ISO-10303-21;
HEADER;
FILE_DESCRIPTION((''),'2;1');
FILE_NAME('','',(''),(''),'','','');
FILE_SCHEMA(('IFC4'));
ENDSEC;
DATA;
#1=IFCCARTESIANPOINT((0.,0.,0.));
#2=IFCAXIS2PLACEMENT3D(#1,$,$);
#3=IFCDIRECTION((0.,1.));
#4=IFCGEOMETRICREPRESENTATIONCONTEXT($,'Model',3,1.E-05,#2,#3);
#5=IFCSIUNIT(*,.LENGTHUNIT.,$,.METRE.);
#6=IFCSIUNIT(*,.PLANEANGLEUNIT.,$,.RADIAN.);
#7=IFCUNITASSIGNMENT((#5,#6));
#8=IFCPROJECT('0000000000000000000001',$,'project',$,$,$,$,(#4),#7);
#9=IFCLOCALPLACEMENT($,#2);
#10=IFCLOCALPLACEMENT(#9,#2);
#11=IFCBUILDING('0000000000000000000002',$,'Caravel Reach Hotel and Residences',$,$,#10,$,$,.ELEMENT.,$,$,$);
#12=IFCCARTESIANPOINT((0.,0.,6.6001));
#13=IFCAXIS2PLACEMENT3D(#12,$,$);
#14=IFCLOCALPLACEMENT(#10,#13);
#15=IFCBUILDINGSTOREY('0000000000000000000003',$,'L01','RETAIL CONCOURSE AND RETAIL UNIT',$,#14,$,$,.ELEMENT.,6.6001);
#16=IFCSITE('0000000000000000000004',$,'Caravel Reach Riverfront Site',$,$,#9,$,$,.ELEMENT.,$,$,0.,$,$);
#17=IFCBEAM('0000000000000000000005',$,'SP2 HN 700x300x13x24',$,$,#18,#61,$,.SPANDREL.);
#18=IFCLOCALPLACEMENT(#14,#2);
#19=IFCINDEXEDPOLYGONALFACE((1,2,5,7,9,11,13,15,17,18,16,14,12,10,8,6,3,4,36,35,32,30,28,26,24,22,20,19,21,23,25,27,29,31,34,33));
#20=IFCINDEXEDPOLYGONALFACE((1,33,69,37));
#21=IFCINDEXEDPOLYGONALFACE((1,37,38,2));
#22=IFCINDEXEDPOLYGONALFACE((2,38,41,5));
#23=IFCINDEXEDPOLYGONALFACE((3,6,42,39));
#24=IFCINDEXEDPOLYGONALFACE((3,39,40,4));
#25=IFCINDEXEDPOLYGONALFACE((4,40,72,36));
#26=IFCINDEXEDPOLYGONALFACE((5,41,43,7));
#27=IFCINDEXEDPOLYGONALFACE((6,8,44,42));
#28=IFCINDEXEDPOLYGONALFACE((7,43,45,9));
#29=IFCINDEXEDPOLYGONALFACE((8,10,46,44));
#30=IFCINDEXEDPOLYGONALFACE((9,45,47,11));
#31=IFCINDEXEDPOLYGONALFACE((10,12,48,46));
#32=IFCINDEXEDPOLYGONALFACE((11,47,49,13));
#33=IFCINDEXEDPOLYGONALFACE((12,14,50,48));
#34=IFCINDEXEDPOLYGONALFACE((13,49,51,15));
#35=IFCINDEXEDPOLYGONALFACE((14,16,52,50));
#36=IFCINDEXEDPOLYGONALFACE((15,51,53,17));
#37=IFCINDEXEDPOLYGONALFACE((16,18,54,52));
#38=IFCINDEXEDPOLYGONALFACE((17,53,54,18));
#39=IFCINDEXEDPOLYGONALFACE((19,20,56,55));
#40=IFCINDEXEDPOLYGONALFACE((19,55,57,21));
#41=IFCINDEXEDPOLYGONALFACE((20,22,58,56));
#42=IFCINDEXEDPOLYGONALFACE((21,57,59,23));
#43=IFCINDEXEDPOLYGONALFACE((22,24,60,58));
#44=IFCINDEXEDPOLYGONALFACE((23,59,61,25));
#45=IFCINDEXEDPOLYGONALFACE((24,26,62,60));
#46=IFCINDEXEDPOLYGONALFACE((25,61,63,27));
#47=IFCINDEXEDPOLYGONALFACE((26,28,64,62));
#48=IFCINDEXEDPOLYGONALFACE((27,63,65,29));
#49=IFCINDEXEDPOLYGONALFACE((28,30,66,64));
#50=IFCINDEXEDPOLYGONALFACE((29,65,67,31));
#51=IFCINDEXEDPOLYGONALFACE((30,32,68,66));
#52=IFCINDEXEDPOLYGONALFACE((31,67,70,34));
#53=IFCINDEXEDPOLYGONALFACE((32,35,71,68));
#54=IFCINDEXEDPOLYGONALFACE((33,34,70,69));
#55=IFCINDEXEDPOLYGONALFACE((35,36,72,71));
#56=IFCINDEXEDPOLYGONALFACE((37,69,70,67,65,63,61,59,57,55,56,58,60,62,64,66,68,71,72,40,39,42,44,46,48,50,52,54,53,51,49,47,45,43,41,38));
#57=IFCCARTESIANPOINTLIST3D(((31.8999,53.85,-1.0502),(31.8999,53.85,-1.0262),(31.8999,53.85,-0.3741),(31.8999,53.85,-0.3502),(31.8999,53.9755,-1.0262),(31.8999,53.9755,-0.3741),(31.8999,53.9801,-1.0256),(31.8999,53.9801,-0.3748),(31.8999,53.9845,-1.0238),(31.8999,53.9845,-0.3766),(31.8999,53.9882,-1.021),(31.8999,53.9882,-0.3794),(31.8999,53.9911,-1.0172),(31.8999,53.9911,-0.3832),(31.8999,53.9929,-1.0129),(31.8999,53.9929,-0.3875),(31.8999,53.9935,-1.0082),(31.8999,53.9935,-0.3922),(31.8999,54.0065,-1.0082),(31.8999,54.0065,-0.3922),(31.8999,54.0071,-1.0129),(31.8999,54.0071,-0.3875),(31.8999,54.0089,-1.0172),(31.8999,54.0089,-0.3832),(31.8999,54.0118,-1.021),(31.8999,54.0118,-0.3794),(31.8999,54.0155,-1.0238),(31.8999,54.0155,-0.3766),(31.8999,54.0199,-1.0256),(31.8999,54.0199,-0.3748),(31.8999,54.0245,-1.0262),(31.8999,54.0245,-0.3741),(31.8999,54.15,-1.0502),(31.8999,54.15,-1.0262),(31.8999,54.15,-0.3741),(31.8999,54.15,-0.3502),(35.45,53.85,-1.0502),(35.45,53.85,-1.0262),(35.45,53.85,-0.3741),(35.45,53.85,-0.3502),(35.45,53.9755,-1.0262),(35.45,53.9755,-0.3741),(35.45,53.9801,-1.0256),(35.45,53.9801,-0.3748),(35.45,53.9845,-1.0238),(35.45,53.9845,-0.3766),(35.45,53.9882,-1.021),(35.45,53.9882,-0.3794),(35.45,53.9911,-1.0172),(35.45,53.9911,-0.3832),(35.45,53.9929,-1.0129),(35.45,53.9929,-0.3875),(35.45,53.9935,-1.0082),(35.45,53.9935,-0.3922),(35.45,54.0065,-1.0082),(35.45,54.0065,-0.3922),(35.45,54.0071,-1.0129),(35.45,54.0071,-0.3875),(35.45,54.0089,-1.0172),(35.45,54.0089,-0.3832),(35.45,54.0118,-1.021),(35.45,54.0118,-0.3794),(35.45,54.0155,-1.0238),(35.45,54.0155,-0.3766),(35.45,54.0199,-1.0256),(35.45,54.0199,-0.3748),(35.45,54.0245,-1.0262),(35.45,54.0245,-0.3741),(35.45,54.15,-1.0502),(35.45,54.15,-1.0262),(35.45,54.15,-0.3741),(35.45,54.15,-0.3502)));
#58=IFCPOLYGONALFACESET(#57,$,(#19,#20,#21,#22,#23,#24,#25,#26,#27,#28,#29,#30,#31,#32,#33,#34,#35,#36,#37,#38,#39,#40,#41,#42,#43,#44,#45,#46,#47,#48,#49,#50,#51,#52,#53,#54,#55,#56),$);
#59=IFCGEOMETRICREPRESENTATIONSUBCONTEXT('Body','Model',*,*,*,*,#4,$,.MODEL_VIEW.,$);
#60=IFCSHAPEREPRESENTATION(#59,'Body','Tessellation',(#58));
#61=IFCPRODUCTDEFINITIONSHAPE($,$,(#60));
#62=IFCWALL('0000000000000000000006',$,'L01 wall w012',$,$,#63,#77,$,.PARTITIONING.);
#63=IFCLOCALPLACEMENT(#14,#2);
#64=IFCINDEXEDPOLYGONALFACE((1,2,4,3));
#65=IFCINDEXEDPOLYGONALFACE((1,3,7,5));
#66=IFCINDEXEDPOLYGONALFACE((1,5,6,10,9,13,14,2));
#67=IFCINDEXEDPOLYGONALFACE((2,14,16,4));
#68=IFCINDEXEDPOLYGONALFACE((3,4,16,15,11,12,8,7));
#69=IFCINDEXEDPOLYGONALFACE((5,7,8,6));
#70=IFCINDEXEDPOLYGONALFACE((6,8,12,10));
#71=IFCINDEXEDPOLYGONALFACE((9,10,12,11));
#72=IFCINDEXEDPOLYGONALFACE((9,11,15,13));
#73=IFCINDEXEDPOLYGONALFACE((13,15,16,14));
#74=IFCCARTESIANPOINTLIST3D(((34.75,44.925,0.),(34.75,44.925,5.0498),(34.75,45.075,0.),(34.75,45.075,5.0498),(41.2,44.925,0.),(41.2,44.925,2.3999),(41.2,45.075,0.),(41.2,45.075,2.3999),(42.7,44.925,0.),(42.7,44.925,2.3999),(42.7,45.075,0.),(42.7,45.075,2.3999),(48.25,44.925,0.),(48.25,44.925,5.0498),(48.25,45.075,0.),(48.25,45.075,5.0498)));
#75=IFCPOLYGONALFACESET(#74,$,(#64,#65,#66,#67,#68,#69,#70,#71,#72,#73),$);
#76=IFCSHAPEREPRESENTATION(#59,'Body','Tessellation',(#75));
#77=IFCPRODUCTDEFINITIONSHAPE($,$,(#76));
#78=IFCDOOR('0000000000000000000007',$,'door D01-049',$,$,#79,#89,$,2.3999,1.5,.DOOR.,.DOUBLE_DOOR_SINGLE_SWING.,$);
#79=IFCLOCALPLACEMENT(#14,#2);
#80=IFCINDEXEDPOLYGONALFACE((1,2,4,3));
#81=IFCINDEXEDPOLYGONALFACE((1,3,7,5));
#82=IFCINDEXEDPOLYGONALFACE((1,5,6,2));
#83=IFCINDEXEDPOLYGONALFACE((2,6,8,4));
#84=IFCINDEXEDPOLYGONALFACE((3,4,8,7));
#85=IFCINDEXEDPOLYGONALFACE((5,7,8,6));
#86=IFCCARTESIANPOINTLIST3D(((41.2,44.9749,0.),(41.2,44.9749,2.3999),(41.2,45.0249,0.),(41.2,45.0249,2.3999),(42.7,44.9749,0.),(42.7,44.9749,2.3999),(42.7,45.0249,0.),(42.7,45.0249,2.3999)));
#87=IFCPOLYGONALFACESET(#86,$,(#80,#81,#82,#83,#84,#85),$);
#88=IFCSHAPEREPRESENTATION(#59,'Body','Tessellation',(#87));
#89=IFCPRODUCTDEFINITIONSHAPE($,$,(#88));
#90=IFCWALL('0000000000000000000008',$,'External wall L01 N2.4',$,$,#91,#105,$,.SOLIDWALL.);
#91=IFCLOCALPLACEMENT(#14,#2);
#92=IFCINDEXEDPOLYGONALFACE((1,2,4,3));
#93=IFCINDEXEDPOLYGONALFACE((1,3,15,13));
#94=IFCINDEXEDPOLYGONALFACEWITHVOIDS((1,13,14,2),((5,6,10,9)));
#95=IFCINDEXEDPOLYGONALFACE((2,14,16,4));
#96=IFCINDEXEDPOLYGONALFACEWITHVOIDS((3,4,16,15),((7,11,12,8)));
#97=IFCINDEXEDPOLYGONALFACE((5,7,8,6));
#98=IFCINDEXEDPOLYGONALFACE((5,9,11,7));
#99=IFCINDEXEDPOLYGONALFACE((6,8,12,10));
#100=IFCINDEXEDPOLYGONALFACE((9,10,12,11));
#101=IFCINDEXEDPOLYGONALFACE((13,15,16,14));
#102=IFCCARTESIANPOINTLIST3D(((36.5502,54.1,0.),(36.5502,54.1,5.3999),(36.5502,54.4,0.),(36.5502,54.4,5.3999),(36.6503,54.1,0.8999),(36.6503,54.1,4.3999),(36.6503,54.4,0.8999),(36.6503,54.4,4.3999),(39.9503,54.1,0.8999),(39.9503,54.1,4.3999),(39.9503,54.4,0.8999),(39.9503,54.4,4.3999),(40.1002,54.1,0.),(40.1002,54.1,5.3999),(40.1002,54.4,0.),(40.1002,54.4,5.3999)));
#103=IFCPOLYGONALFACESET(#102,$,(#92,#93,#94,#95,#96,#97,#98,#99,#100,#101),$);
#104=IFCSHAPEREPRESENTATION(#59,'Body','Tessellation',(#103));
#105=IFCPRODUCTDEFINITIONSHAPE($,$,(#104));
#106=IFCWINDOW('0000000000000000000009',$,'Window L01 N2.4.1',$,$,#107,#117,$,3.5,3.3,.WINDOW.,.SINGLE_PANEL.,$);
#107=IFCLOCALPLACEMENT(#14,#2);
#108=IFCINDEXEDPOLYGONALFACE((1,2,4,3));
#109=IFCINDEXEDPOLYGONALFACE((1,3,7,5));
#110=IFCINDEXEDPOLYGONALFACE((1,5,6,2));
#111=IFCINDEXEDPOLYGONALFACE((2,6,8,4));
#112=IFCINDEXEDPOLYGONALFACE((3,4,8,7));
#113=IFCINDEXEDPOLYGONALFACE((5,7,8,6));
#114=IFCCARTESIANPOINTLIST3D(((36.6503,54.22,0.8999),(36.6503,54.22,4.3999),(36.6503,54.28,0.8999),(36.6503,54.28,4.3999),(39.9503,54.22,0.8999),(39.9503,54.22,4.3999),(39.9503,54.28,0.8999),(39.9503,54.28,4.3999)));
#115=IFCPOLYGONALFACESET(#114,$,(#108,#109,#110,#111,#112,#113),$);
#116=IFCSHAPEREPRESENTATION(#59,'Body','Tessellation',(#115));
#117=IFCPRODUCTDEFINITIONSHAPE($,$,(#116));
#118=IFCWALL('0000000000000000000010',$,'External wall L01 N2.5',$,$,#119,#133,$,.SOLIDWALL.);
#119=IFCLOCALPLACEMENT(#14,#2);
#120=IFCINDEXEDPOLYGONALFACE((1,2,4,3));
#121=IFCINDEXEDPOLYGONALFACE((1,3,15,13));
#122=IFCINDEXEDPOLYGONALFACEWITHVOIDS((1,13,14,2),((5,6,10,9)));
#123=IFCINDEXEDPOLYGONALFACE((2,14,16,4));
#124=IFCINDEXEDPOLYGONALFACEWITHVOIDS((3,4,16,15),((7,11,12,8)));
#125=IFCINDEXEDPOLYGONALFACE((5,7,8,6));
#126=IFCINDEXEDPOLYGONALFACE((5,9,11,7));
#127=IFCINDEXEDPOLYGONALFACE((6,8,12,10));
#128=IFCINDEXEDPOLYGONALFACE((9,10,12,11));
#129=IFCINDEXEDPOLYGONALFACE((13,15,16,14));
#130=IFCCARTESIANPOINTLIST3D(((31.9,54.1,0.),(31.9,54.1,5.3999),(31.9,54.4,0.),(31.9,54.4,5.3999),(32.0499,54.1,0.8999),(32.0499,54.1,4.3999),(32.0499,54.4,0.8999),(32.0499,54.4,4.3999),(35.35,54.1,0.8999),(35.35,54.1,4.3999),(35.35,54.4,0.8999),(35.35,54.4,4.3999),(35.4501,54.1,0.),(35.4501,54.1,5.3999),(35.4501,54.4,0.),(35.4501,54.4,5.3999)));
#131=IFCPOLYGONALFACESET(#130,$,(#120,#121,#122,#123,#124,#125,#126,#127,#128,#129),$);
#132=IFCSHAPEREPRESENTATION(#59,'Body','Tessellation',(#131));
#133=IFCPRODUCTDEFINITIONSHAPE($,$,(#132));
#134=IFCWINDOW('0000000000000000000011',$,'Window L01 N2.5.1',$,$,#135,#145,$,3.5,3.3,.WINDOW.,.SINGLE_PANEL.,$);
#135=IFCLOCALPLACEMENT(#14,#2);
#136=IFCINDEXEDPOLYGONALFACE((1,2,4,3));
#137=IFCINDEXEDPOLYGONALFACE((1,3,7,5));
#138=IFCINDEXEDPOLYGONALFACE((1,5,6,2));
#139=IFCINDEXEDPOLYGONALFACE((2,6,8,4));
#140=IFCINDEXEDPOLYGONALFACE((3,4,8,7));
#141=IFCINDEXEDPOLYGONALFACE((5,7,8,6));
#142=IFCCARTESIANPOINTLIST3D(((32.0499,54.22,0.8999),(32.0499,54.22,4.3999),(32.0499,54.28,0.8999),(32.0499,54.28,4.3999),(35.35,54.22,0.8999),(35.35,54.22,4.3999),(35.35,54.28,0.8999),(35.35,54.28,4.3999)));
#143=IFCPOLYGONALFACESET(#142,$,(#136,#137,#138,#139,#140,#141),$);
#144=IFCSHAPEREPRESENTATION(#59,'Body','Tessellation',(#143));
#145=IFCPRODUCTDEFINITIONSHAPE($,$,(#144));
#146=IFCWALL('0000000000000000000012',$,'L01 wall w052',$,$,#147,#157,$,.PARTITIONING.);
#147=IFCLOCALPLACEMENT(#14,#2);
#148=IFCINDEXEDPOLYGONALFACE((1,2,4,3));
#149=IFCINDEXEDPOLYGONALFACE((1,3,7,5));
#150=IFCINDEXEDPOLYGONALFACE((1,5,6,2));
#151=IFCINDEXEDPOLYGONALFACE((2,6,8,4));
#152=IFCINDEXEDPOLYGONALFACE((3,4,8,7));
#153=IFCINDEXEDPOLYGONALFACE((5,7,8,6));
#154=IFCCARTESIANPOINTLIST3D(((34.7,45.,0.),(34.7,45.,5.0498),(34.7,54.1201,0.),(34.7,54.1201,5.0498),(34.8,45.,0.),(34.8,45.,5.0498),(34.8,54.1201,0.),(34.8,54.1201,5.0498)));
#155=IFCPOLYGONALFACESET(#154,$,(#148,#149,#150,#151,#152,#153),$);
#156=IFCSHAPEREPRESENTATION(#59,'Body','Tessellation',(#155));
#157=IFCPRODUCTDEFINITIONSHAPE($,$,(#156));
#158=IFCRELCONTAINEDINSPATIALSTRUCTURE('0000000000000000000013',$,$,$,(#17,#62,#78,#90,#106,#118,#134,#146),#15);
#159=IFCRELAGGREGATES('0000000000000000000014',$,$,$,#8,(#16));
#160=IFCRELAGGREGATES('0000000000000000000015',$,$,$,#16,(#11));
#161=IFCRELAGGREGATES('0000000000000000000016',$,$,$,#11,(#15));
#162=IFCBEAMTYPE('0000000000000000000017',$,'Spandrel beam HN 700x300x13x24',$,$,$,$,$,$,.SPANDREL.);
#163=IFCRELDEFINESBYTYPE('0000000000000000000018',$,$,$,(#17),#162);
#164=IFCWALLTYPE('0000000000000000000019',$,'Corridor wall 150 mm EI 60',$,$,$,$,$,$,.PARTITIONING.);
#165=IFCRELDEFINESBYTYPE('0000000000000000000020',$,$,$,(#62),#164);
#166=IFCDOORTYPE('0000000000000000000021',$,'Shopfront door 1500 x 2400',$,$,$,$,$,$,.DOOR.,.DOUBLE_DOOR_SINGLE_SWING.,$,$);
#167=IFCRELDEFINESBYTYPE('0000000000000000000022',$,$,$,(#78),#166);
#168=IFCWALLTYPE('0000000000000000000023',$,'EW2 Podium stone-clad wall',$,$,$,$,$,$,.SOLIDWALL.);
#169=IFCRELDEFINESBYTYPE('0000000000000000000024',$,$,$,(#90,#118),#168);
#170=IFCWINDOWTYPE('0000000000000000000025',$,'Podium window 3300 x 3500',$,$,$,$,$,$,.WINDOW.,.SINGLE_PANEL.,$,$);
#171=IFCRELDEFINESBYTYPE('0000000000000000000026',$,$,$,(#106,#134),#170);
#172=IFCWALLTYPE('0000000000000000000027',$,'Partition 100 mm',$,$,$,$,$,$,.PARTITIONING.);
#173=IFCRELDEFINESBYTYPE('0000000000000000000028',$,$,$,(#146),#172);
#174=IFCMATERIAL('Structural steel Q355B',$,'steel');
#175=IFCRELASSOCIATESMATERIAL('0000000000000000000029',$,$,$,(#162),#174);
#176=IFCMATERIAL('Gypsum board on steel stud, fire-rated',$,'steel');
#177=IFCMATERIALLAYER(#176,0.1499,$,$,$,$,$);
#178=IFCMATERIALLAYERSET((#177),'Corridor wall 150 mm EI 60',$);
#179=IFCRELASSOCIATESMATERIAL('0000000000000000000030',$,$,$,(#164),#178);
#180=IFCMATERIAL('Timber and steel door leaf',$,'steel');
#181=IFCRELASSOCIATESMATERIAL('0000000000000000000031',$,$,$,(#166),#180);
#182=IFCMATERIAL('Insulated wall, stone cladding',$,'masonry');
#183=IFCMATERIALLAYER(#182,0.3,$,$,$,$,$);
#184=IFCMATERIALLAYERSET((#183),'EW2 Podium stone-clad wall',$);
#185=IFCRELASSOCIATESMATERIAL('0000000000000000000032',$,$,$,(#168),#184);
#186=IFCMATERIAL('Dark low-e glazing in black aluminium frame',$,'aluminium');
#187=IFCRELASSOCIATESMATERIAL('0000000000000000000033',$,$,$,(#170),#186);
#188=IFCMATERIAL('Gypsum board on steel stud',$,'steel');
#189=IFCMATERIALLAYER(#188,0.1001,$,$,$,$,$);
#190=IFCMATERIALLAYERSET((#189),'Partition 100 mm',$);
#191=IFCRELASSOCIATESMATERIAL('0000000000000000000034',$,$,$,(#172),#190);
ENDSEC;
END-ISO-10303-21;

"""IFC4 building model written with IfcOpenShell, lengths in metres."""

from ifc_helpers import new_model, si_unit, direction, frame, frame_2d, origin, origin_2d, place, context, subcontext, project, spatial, rectangle, i_section, extrude, material, layer, layer_set, material_profile, profile_set, type_object, element, fill, save


model = new_model("IFC4")

# Units and contexts
model_context = context("Model", 3, precision=1e-05, world=origin(), true_north=direction((0.0, 1.0)))
body_context = subcontext(model_context, "Body", "Model", "MODEL_VIEW")
ifc_project = project(units=[si_unit("LENGTHUNIT", "METRE"), si_unit("PLANEANGLEUNIT", "RADIAN")], contexts=[model_context])

# Site, building, storey
site_placement = place(None, origin())
site = spatial("IfcSite", under=ifc_project, at=site_placement, Name="Caravel Reach Riverfront Site", CompositionType="ELEMENT", RefElevation=0.0)
building_placement = place(site_placement, origin())
building = spatial("IfcBuilding", under=site, at=building_placement, Name="Caravel Reach Hotel and Residences", CompositionType="ELEMENT")
storey_placement = place(building_placement, frame((0.0, 0.0, 6.6001)))
storey = spatial("IfcBuildingStorey", under=building, at=storey_placement, Name="L01", Description="RETAIL CONCOURSE AND RETAIL UNIT", CompositionType="ELEMENT", Elevation=6.6001)

# Beam
ifc_material_1 = material(Name="Structural steel Q355B", Category="steel")
ifc_material_profile_1 = material_profile(ifc_material_1, i_section(OverallWidth=0.3, OverallDepth=0.7, WebThickness=0.0129, FlangeThickness=0.0239, FilletRadius=0.0181, at=origin_2d()), Name="HN 700x300x13x24")
ifc_profile_set_1 = profile_set([ifc_material_profile_1], Name="Structural steel Q355B")
beam_type = type_object("IfcBeamType", Name="Spandrel beam HN 700x300x13x24", PredefinedType="SPANDREL", material=ifc_profile_set_1)
for number, where, z_axis, x_axis, name in (
    (1, (35.45, 54.0, -0.7002), (-1.0, 0.0, 0.0), (0.0, -1.0, 0.0), "SP2 HN 700x300x13x24"),
):
    element("IfcBeam", number, at=place(storey_placement, frame(where, z_axis=z_axis, x_axis=x_axis)), inside=storey, type_object=beam_type, Name=name, PredefinedType="SPANDREL", context=body_context, shape_type="SweptSolid", body=[
        extrude(i_section(OverallWidth=0.3, OverallDepth=0.7, WebThickness=0.0129, FlangeThickness=0.0239, FilletRadius=0.0181, at=origin_2d()), origin(), (0.0, 0.0, 1.0), 3.55),
    ])

# Wall, opening, door
ifc_material_2 = material(Name="Gypsum board on steel stud, fire-rated", Category="steel")
ifc_layer_1 = layer(ifc_material_2, 0.1499)
ifc_layer_set_1 = layer_set([ifc_layer_1], Name="Corridor wall 150 mm EI 60")
wall_type_1 = type_object("IfcWallType", Name="Corridor wall 150 mm EI 60", PredefinedType="PARTITIONING", material=ifc_layer_set_1)
wall_1_placement = place(storey_placement, frame((34.75, 45.0, 0.0), z_axis=(0.0, 0.0, 1.0), x_axis=(1.0, 0.0, 0.0)))
wall_1 = element("IfcWall", 2, at=wall_1_placement, inside=storey, type_object=wall_type_1, Name="L01 wall w012", PredefinedType="PARTITIONING", context=body_context, shape_type="SweptSolid", body=[
    extrude(rectangle(XDim=13.5, YDim=0.1499, at=frame_2d((6.75, 0.0))), origin(), (0.0, 0.0, 1.0), 5.0498),
])
opening_1_placement = place(wall_1_placement, frame((6.45, 0.0, 0.0)))
opening_1 = element("IfcOpeningElement", 3, at=opening_1_placement, cuts=wall_1, PredefinedType="OPENING", context=body_context, shape_type="SweptSolid", body=[
    extrude(rectangle(XDim=1.5, YDim=2.3999, at=frame_2d((0.75, 1.2))), frame((0.0, 0.085, 0.0), z_axis=(0.0, -1.0, 0.0), x_axis=(1.0, 0.0, 0.0)), (0.0, 0.0, 1.0), 0.1699),
])
ifc_material_3 = material(Name="Timber and steel door leaf", Category="steel")
door_type = type_object("IfcDoorType", Name="Shopfront door 1500 x 2400", OperationType="DOUBLE_DOOR_SINGLE_SWING", PredefinedType="DOOR", material=ifc_material_3)
door_placement = place(opening_1_placement, origin())
door = element("IfcDoor", 4, at=door_placement, inside=storey, type_object=door_type, Name="door D01-049", OperationType="DOUBLE_DOOR_SINGLE_SWING", OverallHeight=2.3999, OverallWidth=1.5, PredefinedType="DOOR", context=body_context, shape_type="SweptSolid", body=[
    extrude(rectangle(XDim=1.5, YDim=2.3999, at=frame_2d((0.75, 1.2))), frame((0.0, 0.0249, 0.0), z_axis=(0.0, -1.0, 0.0), x_axis=(1.0, 0.0, 0.0)), (0.0, 0.0, 1.0), 0.05),
])
fill(opening_1, door)

# Walls, openings, windows
ifc_material_4 = material(Name="Insulated wall, stone cladding", Category="masonry")
ifc_layer_2 = layer(ifc_material_4, 0.3)
ifc_layer_set_2 = layer_set([ifc_layer_2], Name="EW2 Podium stone-clad wall")
wall_type_2 = type_object("IfcWallType", Name="EW2 Podium stone-clad wall", PredefinedType="SOLIDWALL", material=ifc_layer_set_2)
wall_2_placement = place(storey_placement, frame((40.1001, 54.25, 0.0), z_axis=(0.0, 0.0, 1.0), x_axis=(-1.0, 0.0, 0.0)))
wall_2 = element("IfcWall", 5, at=wall_2_placement, inside=storey, type_object=wall_type_2, Name="External wall L01 N2.4", PredefinedType="SOLIDWALL", context=body_context, shape_type="SweptSolid", body=[
    extrude(rectangle(XDim=3.55, YDim=0.3, at=frame_2d((1.7749, 0.0))), origin(), (0.0, 0.0, 1.0), 5.3999),
])
opening_2_placement = place(wall_2_placement, frame((0.1499, 0.0, 0.8999)))
opening_2 = element("IfcOpeningElement", 6, at=opening_2_placement, cuts=wall_2, PredefinedType="OPENING", context=body_context, shape_type="SweptSolid", body=[
    extrude(rectangle(XDim=3.3, YDim=3.5, at=frame_2d((1.6499, 1.75))), frame((0.0, 0.1599, 0.0), z_axis=(0.0, -1.0, 0.0), x_axis=(1.0, 0.0, 0.0)), (0.0, 0.0, 1.0), 0.3201),
])
ifc_material_5 = material(Name="Dark low-e glazing in black aluminium frame", Category="aluminium")
window_type = type_object("IfcWindowType", Name="Podium window 3300 x 3500", PartitioningType="SINGLE_PANEL", PredefinedType="WINDOW", material=ifc_material_5)
window_1_placement = place(opening_2_placement, origin())
window_1 = element("IfcWindow", 7, at=window_1_placement, inside=storey, type_object=window_type, Name="Window L01 N2.4.1", OverallHeight=3.5, OverallWidth=3.3, PartitioningType="SINGLE_PANEL", PredefinedType="WINDOW", context=body_context, shape_type="SweptSolid", body=[
    extrude(rectangle(XDim=3.3, YDim=3.5, at=frame_2d((1.6499, 1.75))), frame((0.0, 0.03, 0.0), z_axis=(0.0, -1.0, 0.0), x_axis=(1.0, 0.0, 0.0)), (0.0, 0.0, 1.0), 0.0601),
])
fill(opening_2, window_1)
wall_3_placement = place(storey_placement, frame((35.45, 54.25, 0.0), z_axis=(0.0, 0.0, 1.0), x_axis=(-1.0, 0.0, 0.0)))
wall_3 = element("IfcWall", 8, at=wall_3_placement, inside=storey, type_object=wall_type_2, Name="External wall L01 N2.5", PredefinedType="SOLIDWALL", context=body_context, shape_type="SweptSolid", body=[
    extrude(rectangle(XDim=3.55, YDim=0.3, at=frame_2d((1.7749, 0.0))), origin(), (0.0, 0.0, 1.0), 5.3999),
])
opening_3_placement = place(wall_3_placement, frame((0.1001, 0.0, 0.8999)))
opening_3 = element("IfcOpeningElement", 9, at=opening_3_placement, cuts=wall_3, PredefinedType="OPENING", context=body_context, shape_type="SweptSolid", body=[
    extrude(rectangle(XDim=3.3, YDim=3.5, at=frame_2d((1.6499, 1.75))), frame((0.0, 0.1599, 0.0), z_axis=(0.0, -1.0, 0.0), x_axis=(1.0, 0.0, 0.0)), (0.0, 0.0, 1.0), 0.3201),
])
window_2_placement = place(opening_3_placement, origin())
window_2 = element("IfcWindow", 10, at=window_2_placement, inside=storey, type_object=window_type, Name="Window L01 N2.5.1", OverallHeight=3.5, OverallWidth=3.3, PartitioningType="SINGLE_PANEL", PredefinedType="WINDOW", context=body_context, shape_type="SweptSolid", body=[
    extrude(rectangle(XDim=3.3, YDim=3.5, at=frame_2d((1.6499, 1.75))), frame((0.0, 0.03, 0.0), z_axis=(0.0, -1.0, 0.0), x_axis=(1.0, 0.0, 0.0)), (0.0, 0.0, 1.0), 0.0601),
])
fill(opening_3, window_2)

# Wall
ifc_material_6 = material(Name="Gypsum board on steel stud", Category="steel")
ifc_layer_3 = layer(ifc_material_6, 0.1001)
ifc_layer_set_3 = layer_set([ifc_layer_3], Name="Partition 100 mm")
wall_type_3 = type_object("IfcWallType", Name="Partition 100 mm", PredefinedType="PARTITIONING", material=ifc_layer_set_3)
wall_4_placement = place(storey_placement, frame((34.75, 45.0, 0.0), z_axis=(0.0, 0.0, 1.0), x_axis=(0.0, 1.0, 0.0)))
element("IfcWall", 11, at=wall_4_placement, inside=storey, type_object=wall_type_3, Name="L01 wall w052", PredefinedType="PARTITIONING", context=body_context, shape_type="SweptSolid", body=[
    extrude(rectangle(XDim=9.1201, YDim=0.1001, at=frame_2d((4.5601, 0.0))), origin(), (0.0, 0.0, 1.0), 5.0498),
])

save(model, "model.ifc")
